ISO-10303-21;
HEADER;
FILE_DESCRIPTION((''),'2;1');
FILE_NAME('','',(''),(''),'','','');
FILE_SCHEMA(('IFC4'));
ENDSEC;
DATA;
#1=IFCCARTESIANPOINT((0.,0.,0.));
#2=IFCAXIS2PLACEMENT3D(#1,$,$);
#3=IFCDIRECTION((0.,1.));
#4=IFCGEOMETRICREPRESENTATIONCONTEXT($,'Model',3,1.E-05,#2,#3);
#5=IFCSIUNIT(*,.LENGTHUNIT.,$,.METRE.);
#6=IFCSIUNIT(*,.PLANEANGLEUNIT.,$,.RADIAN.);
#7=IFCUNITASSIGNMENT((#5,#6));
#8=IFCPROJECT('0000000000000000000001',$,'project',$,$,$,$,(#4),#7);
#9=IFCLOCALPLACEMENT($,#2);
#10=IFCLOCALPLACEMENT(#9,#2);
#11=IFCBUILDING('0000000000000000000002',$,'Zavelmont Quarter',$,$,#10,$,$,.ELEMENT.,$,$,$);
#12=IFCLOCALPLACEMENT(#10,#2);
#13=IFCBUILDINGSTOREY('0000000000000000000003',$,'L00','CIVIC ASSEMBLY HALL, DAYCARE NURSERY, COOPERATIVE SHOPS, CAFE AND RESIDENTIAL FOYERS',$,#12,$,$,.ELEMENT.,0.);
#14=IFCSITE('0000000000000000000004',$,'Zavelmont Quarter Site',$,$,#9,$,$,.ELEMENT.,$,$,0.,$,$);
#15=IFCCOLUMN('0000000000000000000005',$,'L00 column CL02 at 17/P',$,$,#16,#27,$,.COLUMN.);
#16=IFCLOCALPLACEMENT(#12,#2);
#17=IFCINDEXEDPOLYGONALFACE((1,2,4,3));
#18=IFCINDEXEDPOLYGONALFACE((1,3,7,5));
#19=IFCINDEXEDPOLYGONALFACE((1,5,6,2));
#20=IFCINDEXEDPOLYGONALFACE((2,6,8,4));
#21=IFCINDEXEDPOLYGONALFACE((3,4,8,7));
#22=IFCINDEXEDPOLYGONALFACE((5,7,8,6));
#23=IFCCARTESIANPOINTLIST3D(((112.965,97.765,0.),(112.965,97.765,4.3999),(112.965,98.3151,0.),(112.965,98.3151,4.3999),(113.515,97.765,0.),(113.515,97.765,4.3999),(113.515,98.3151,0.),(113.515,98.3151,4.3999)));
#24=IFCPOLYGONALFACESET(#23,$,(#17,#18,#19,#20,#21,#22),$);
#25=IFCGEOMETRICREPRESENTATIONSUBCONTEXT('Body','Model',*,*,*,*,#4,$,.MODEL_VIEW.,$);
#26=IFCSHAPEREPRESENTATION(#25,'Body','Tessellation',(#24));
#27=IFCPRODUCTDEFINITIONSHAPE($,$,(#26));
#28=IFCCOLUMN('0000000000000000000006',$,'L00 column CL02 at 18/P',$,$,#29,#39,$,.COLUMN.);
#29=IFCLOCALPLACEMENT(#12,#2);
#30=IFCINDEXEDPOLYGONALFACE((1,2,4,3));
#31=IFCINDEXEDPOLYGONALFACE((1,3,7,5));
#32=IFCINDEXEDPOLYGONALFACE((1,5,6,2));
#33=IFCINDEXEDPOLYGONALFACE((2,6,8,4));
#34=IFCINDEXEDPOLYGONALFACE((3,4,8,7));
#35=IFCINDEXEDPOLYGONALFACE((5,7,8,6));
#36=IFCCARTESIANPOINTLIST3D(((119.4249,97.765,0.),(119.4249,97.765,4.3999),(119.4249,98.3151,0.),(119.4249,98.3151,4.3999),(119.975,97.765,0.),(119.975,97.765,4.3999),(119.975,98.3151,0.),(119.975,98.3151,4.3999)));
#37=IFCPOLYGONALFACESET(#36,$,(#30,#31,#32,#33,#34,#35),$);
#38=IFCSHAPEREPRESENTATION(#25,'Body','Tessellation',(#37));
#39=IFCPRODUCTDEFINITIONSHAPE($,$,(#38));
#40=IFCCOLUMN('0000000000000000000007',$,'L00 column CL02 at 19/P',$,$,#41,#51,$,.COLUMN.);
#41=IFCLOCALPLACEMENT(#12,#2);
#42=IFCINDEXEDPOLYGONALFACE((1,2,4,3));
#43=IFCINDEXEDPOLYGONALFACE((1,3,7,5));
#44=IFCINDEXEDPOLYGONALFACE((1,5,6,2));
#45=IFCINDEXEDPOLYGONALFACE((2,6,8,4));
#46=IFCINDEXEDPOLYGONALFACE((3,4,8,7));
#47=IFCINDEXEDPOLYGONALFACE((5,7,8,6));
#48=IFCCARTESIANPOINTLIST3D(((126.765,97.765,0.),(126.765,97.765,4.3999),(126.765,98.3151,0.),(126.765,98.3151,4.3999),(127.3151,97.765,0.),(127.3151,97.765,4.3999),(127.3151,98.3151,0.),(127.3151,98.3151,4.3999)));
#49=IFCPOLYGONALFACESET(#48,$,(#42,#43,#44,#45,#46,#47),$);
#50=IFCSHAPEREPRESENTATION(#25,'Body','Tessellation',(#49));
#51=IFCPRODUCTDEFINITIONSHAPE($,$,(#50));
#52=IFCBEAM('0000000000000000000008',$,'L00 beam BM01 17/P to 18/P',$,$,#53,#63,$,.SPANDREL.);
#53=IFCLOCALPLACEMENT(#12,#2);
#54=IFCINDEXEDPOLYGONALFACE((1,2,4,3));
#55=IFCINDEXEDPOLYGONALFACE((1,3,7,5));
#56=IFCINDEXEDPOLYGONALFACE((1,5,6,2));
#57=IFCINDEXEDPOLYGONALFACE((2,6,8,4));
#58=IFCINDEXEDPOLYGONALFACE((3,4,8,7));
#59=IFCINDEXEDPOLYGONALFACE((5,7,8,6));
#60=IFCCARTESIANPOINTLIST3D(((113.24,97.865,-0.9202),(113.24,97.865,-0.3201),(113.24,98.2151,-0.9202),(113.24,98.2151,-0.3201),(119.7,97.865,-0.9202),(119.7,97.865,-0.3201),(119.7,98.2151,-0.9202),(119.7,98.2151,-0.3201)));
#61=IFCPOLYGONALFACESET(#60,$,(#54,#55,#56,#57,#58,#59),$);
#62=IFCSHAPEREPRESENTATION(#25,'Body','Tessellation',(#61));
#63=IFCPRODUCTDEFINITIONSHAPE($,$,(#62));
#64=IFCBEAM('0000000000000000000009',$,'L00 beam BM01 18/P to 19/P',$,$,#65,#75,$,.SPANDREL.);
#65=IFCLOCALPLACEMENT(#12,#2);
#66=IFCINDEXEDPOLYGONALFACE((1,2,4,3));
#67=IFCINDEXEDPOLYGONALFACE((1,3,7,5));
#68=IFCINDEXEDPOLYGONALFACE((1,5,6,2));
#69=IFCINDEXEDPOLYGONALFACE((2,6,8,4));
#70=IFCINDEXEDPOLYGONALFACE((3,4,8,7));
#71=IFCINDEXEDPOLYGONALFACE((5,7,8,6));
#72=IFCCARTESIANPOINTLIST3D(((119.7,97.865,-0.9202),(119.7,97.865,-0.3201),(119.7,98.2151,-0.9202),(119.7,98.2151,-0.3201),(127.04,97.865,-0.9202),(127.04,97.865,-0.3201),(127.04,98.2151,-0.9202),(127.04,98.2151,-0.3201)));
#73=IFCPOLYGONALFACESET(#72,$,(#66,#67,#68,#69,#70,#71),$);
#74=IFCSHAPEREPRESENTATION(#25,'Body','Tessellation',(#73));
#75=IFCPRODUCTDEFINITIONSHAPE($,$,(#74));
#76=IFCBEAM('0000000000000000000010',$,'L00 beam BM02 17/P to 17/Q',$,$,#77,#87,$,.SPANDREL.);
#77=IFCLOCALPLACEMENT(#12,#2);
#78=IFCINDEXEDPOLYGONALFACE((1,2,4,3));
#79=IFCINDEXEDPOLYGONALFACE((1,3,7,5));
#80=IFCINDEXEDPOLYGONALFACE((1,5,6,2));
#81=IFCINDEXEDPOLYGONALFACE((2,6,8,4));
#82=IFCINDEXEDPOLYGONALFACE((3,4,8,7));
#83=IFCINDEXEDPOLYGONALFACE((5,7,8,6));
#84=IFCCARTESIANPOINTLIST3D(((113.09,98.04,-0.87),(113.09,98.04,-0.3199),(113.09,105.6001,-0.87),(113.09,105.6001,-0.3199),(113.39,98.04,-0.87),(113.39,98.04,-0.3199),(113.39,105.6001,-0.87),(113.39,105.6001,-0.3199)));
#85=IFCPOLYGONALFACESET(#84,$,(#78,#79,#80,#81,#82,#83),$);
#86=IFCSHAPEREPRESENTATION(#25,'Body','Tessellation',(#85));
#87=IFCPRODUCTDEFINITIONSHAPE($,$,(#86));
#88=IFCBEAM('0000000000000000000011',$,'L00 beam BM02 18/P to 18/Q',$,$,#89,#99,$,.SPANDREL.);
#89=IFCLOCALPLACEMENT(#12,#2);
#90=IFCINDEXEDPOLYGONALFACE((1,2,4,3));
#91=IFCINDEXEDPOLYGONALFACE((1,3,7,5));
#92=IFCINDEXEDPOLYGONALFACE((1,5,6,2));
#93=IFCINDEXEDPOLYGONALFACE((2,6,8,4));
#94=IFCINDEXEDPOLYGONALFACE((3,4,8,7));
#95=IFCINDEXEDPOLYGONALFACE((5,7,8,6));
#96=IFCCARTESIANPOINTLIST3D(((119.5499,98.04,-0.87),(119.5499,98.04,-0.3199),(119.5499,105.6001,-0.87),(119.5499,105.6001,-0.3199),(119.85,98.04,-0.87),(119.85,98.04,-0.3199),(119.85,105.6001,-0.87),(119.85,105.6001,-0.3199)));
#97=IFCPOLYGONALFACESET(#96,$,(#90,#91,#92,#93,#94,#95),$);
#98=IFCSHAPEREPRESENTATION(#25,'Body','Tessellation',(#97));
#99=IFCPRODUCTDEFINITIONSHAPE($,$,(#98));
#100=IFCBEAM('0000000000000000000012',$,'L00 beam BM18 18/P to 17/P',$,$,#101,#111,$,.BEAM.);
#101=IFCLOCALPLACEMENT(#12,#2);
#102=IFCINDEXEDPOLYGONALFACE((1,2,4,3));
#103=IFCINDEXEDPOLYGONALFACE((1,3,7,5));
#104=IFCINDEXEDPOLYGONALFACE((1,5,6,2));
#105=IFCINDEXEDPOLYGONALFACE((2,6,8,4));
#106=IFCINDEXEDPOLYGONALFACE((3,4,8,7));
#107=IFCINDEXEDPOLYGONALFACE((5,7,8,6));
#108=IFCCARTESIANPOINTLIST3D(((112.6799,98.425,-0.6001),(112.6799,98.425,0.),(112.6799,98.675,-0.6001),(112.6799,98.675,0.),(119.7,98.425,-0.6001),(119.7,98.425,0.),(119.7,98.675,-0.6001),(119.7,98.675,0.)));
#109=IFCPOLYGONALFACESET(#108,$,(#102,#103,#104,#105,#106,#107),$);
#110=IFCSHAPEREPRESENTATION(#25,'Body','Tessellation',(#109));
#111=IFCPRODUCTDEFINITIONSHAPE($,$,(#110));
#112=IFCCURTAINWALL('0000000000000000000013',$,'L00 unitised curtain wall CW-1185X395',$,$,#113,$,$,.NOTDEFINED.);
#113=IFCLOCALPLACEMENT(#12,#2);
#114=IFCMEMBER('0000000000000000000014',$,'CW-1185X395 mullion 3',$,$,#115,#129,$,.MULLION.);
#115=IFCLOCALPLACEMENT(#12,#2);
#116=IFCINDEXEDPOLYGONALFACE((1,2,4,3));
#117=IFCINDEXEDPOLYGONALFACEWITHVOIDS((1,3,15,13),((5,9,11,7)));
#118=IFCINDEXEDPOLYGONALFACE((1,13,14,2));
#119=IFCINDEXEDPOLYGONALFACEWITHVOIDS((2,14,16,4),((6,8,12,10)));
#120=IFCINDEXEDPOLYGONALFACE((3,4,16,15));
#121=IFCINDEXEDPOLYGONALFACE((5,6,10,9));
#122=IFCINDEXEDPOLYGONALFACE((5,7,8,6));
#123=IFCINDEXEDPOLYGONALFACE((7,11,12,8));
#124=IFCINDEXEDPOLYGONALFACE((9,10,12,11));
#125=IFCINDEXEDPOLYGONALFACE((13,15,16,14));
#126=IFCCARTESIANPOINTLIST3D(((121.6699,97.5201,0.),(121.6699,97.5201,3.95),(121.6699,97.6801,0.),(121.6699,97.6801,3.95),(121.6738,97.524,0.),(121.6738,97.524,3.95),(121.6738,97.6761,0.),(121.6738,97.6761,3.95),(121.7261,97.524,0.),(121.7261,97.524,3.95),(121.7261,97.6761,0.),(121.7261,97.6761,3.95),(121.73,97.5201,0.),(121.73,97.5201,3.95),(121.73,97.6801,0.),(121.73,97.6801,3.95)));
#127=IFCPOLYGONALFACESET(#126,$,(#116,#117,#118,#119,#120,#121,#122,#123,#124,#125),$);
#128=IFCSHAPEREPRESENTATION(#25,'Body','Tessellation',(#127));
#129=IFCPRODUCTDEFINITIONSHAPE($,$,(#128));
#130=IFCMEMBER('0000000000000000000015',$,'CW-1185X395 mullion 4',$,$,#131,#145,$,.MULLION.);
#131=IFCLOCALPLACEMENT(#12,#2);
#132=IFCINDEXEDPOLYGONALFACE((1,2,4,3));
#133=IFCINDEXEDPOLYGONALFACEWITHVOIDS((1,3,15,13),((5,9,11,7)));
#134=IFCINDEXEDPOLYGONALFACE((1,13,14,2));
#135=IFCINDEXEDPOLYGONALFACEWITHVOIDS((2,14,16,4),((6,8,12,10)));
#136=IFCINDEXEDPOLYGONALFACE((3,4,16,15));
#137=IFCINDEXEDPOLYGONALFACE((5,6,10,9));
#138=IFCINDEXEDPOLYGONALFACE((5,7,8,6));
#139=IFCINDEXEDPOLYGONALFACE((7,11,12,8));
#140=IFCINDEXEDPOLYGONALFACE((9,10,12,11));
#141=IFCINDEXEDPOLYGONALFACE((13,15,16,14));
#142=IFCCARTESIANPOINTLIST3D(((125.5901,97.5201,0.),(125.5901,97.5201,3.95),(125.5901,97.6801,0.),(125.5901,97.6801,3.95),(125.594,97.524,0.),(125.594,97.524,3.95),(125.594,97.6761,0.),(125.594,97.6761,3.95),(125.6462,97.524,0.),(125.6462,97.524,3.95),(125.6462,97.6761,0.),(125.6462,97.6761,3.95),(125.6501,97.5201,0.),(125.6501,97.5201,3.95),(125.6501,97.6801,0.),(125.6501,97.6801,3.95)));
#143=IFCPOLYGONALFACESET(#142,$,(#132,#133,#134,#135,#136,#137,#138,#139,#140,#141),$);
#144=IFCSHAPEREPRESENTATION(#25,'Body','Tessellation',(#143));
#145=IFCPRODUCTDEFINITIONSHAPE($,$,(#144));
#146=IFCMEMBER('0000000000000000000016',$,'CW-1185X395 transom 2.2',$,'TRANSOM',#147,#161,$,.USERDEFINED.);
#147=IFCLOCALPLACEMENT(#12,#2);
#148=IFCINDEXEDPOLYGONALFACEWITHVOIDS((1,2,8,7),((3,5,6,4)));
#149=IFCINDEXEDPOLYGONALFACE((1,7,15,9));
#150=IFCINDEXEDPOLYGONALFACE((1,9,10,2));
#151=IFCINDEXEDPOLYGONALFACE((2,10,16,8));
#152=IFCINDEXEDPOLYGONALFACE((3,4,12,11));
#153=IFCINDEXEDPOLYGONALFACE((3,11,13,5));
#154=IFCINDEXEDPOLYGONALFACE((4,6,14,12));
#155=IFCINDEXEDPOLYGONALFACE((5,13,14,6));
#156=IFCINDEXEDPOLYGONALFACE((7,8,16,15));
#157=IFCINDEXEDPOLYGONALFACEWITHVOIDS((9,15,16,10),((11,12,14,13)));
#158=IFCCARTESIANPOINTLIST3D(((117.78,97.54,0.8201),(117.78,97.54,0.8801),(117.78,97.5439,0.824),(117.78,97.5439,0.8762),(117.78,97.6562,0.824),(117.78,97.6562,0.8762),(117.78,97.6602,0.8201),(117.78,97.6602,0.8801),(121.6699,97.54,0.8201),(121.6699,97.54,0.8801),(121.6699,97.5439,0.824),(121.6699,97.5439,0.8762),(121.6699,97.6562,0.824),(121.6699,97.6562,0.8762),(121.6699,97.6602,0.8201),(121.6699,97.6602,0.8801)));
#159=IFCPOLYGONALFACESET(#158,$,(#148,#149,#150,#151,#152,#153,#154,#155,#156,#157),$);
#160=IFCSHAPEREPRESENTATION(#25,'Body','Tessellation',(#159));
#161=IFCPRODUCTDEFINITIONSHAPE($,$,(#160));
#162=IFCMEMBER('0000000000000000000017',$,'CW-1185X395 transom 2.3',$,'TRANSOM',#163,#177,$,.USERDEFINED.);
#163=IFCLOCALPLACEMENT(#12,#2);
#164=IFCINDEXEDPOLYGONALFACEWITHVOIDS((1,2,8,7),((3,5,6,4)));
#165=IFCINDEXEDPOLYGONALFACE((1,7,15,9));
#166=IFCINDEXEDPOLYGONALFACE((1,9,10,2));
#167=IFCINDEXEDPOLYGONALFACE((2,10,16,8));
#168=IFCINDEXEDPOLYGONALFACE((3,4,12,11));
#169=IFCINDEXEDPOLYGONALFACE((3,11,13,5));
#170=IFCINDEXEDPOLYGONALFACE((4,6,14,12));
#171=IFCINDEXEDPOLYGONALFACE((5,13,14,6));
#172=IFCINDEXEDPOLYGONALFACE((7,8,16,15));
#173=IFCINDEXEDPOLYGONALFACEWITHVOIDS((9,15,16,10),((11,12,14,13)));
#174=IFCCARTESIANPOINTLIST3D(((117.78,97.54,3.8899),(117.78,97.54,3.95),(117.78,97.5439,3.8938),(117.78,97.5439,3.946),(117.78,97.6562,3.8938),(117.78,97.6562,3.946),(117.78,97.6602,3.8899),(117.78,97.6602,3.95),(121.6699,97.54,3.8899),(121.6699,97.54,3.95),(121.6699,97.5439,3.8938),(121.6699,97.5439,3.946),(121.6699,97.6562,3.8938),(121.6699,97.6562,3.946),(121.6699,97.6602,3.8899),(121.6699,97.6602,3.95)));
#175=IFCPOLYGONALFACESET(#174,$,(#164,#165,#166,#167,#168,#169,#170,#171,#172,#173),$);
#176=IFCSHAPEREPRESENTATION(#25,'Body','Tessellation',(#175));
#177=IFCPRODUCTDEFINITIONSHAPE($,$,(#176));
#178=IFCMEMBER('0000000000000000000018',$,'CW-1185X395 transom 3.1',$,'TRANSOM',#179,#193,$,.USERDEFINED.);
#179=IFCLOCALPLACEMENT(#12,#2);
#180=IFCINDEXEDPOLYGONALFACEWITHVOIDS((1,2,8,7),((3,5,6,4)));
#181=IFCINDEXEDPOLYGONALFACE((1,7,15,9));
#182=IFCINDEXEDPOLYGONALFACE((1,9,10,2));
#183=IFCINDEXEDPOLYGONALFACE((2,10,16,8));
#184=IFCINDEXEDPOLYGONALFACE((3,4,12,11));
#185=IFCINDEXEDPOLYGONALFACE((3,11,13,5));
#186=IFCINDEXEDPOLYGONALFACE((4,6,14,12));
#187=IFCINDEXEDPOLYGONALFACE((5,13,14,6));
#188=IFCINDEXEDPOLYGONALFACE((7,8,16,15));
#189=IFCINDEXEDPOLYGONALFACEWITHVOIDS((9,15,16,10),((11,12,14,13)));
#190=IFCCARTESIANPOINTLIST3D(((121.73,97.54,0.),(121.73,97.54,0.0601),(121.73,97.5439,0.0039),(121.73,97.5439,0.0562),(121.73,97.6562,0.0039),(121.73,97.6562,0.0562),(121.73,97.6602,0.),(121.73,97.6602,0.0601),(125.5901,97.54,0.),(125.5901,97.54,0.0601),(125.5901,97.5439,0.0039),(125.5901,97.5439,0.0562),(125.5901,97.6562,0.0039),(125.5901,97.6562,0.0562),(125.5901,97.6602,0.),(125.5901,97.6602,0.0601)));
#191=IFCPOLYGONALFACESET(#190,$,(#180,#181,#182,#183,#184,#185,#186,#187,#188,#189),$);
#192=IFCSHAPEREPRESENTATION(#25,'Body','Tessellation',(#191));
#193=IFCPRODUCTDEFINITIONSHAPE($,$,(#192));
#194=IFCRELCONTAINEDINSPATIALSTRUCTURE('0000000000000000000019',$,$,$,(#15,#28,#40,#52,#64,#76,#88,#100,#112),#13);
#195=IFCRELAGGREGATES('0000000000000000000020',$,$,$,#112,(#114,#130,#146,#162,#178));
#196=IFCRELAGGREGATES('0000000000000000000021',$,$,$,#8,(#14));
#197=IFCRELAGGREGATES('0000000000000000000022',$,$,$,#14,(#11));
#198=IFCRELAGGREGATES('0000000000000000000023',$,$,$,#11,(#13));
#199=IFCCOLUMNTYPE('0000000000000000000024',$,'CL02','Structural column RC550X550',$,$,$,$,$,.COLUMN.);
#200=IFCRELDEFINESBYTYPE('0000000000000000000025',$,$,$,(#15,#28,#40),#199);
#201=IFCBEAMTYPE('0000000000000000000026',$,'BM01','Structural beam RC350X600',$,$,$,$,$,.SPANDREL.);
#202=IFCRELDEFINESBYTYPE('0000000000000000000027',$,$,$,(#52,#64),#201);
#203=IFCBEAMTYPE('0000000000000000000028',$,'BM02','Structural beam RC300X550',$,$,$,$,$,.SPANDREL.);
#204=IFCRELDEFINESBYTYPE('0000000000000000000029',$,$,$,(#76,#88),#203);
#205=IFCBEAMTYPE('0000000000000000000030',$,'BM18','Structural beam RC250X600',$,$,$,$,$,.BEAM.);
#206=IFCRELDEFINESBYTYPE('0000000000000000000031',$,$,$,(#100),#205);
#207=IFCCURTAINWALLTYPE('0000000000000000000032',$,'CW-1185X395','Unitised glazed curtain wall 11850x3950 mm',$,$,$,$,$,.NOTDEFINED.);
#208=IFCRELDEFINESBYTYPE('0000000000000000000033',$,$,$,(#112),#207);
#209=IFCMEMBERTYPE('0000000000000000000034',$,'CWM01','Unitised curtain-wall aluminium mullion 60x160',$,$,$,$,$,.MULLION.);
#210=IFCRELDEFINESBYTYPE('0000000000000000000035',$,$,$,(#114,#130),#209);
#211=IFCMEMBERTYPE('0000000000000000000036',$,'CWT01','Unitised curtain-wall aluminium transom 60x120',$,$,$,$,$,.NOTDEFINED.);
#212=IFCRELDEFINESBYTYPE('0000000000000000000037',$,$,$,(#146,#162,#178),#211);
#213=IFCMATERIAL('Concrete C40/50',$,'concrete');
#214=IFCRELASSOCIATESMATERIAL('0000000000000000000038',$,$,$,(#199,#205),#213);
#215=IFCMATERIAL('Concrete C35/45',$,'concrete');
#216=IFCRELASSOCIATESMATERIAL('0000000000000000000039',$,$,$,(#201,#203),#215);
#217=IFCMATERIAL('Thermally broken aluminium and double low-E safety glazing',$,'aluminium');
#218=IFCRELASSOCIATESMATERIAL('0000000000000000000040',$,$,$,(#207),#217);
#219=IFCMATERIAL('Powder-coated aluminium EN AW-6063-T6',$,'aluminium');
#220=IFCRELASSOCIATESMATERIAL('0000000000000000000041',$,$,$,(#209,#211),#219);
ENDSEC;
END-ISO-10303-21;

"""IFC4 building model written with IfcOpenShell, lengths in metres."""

from ifc_helpers import new_model, si_unit, direction, frame, origin, origin_2d, place, context, subcontext, project, spatial, rectangle, hollow_rectangle, extrude, material, material_profile, profile_set, type_object, element, aggregate, save


model = new_model("IFC4")

# Units and contexts
model_context = context("Model", 3, precision=1e-05, world=origin(), true_north=direction((0.0, 1.0)))
body_context = subcontext(model_context, "Body", "Model", "MODEL_VIEW")
ifc_project = project(units=[si_unit("LENGTHUNIT", "METRE"), si_unit("PLANEANGLEUNIT", "RADIAN")], contexts=[model_context])

# Site, building, storey
site_placement = place(None, origin())
site = spatial("IfcSite", under=ifc_project, at=site_placement, Name="Zavelmont Quarter Site", CompositionType="ELEMENT", RefElevation=0.0)
building_placement = place(site_placement, origin())
building = spatial("IfcBuilding", under=site, at=building_placement, Name="Zavelmont Quarter", CompositionType="ELEMENT")
storey_placement = place(building_placement, origin())
storey = spatial("IfcBuildingStorey", under=building, at=storey_placement, Name="L00", Description="CIVIC ASSEMBLY HALL, DAYCARE NURSERY, COOPERATIVE SHOPS, CAFE AND RESIDENTIAL FOYERS", CompositionType="ELEMENT", Elevation=0.0)

# Columns
ifc_material_1 = material(Name="Concrete C40/50", Category="concrete")
ifc_material_profile_1 = material_profile(ifc_material_1, rectangle(XDim=0.55, YDim=0.55, at=origin_2d()), Name="RC550X550")
ifc_profile_set_1 = profile_set([ifc_material_profile_1], Name="Concrete C40/50")
column_type = type_object("IfcColumnType", Name="CL02", Description="Structural column RC550X550", PredefinedType="COLUMN", material=ifc_profile_set_1)
for number, where, z_axis, x_axis, name in (
    (1, (113.24, 98.04, 0.0), (0.0, 0.0, 1.0), (1.0, 0.0, 0.0), "L00 column CL02 at 17/P"),
    (2, (119.7, 98.04, 0.0), (0.0, 0.0, 1.0), (1.0, 0.0, 0.0), "L00 column CL02 at 18/P"),
    (3, (127.04, 98.04, 0.0), (0.0, 0.0, 1.0), (1.0, 0.0, 0.0), "L00 column CL02 at 19/P"),
):
    element("IfcColumn", number, at=place(storey_placement, frame(where, z_axis=z_axis, x_axis=x_axis)), inside=storey, type_object=column_type, Name=name, PredefinedType="COLUMN", context=body_context, shape_type="SweptSolid", body=[
        extrude(rectangle(XDim=0.55, YDim=0.55, at=origin_2d()), origin(), (0.0, 0.0, 1.0), 4.3999),
    ])

# Beams
ifc_material_2 = material(Name="Concrete C35/45", Category="concrete")
ifc_material_profile_2 = material_profile(ifc_material_2, rectangle(XDim=0.3501, YDim=0.6001, at=origin_2d()), Name="RC350X600")
ifc_profile_set_2 = profile_set([ifc_material_profile_2], Name="Concrete C35/45")
beam_type_1 = type_object("IfcBeamType", Name="BM01", Description="Structural beam RC350X600", PredefinedType="SPANDREL", material=ifc_profile_set_2)
beam_1_placement = place(storey_placement, frame((113.24, 98.04, -0.6201), z_axis=(1.0, 0.0, 0.0), x_axis=(0.0, 1.0, 0.0)))
element("IfcBeam", 4, at=beam_1_placement, inside=storey, type_object=beam_type_1, Name="L00 beam BM01 17/P to 18/P", PredefinedType="SPANDREL", context=body_context, shape_type="SweptSolid", body=[
    extrude(rectangle(XDim=0.3501, YDim=0.6001, at=origin_2d()), origin(), (0.0, 0.0, 1.0), 6.46),
])
beam_2_placement = place(storey_placement, frame((119.7, 98.04, -0.6201), z_axis=(1.0, 0.0, 0.0), x_axis=(0.0, 1.0, 0.0)))
element("IfcBeam", 5, at=beam_2_placement, inside=storey, type_object=beam_type_1, Name="L00 beam BM01 18/P to 19/P", PredefinedType="SPANDREL", context=body_context, shape_type="SweptSolid", body=[
    extrude(rectangle(XDim=0.3501, YDim=0.6001, at=origin_2d()), origin(), (0.0, 0.0, 1.0), 7.3401),
])
ifc_material_profile_3 = material_profile(ifc_material_2, rectangle(XDim=0.3, YDim=0.55, at=origin_2d()), Name="RC300X550")
ifc_profile_set_3 = profile_set([ifc_material_profile_3], Name="Concrete C35/45")
beam_type_2 = type_object("IfcBeamType", Name="BM02", Description="Structural beam RC300X550", PredefinedType="SPANDREL", material=ifc_profile_set_3)
for number, where, z_axis, x_axis, name in (
    (6, (113.24, 98.04, -0.595), (0.0, 1.0, 0.0), (-1.0, 0.0, 0.0), "L00 beam BM02 17/P to 17/Q"),
    (7, (119.7, 98.04, -0.595), (0.0, 1.0, 0.0), (-1.0, 0.0, 0.0), "L00 beam BM02 18/P to 18/Q"),
):
    element("IfcBeam", number, at=place(storey_placement, frame(where, z_axis=z_axis, x_axis=x_axis)), inside=storey, type_object=beam_type_2, Name=name, PredefinedType="SPANDREL", context=body_context, shape_type="SweptSolid", body=[
        extrude(rectangle(XDim=0.3, YDim=0.55, at=origin_2d()), origin(), (0.0, 0.0, 1.0), 7.5601),
    ])
ifc_material_profile_4 = material_profile(ifc_material_1, rectangle(XDim=0.25, YDim=0.6001, at=origin_2d()), Name="RC250X600")
ifc_profile_set_4 = profile_set([ifc_material_profile_4], Name="Concrete C40/50")
beam_type_3 = type_object("IfcBeamType", Name="BM18", Description="Structural beam RC250X600", PredefinedType="BEAM", material=ifc_profile_set_4)
beam_3_placement = place(storey_placement, frame((119.7, 98.55, -0.3), z_axis=(-1.0, 0.0, 0.0), x_axis=(0.0, -1.0, 0.0)))
element("IfcBeam", 8, at=beam_3_placement, inside=storey, type_object=beam_type_3, Name="L00 beam BM18 18/P to 17/P", PredefinedType="BEAM", context=body_context, shape_type="SweptSolid", body=[
    extrude(rectangle(XDim=0.25, YDim=0.6001, at=origin_2d()), origin(), (0.0, 0.0, 1.0), 7.02),
])

# Curtain wall, members
ifc_material_3 = material(Name="Thermally broken aluminium and double low-E safety glazing", Category="aluminium")
curtain_wall_type = type_object("IfcCurtainWallType", Name="CW-1185X395", Description="Unitised glazed curtain wall 11850x3950 mm", PredefinedType="NOTDEFINED", material=ifc_material_3)
curtain_wall_placement = place(storey_placement, origin())
curtain_wall = element("IfcCurtainWall", 9, at=curtain_wall_placement, inside=storey, type_object=curtain_wall_type, Name="L00 unitised curtain wall CW-1185X395", PredefinedType="NOTDEFINED")
ifc_material_4 = material(Name="Powder-coated aluminium EN AW-6063-T6", Category="aluminium")
ifc_material_profile_5 = material_profile(ifc_material_4, hollow_rectangle(XDim=0.0601, YDim=0.1599, WallThickness=0.0039, at=origin_2d()), Name="CWM60X160")
ifc_profile_set_5 = profile_set([ifc_material_profile_5], Name="Powder-coated aluminium EN AW-6063-T6")
member_type_1 = type_object("IfcMemberType", Name="CWM01", Description="Unitised curtain-wall aluminium mullion 60x160", PredefinedType="MULLION", material=ifc_profile_set_5)
member_1_placement = place(storey_placement, frame((121.7, 97.6001, 0.0), z_axis=(0.0, 0.0, 1.0), x_axis=(1.0, 0.0, 0.0)))
member_1 = element("IfcMember", 10, at=member_1_placement, type_object=member_type_1, Name="CW-1185X395 mullion 3", PredefinedType="MULLION", context=body_context, shape_type="SweptSolid", body=[
    extrude(hollow_rectangle(XDim=0.0601, YDim=0.1599, WallThickness=0.0039, at=origin_2d()), origin(), (0.0, 0.0, 1.0), 3.95),
])
member_2_placement = place(storey_placement, frame((125.6201, 97.6001, 0.0), z_axis=(0.0, 0.0, 1.0), x_axis=(1.0, 0.0, 0.0)))
member_2 = element("IfcMember", 11, at=member_2_placement, type_object=member_type_1, Name="CW-1185X395 mullion 4", PredefinedType="MULLION", context=body_context, shape_type="SweptSolid", body=[
    extrude(hollow_rectangle(XDim=0.0601, YDim=0.1599, WallThickness=0.0039, at=origin_2d()), origin(), (0.0, 0.0, 1.0), 3.95),
])
ifc_material_profile_6 = material_profile(ifc_material_4, hollow_rectangle(XDim=0.1201, YDim=0.0601, WallThickness=0.0039, at=origin_2d()), Name="CWT60X120")
ifc_profile_set_6 = profile_set([ifc_material_profile_6], Name="Powder-coated aluminium EN AW-6063-T6")
member_type_2 = type_object("IfcMemberType", Name="CWT01", Description="Unitised curtain-wall aluminium transom 60x120", PredefinedType="NOTDEFINED", material=ifc_profile_set_6)
member_3_placement = place(storey_placement, frame((117.78, 97.6001, 0.8501), z_axis=(1.0, 0.0, 0.0), x_axis=(0.0, 1.0, 0.0)))
member_3 = element("IfcMember", 12, at=member_3_placement, type_object=member_type_2, Name="CW-1185X395 transom 2.2", ObjectType="TRANSOM", PredefinedType="USERDEFINED", context=body_context, shape_type="SweptSolid", body=[
    extrude(hollow_rectangle(XDim=0.1201, YDim=0.0601, WallThickness=0.0039, at=origin_2d()), origin(), (0.0, 0.0, 1.0), 3.8899),
])
member_4_placement = place(storey_placement, frame((117.78, 97.6001, 3.9199), z_axis=(1.0, 0.0, 0.0), x_axis=(0.0, 1.0, 0.0)))
member_4 = element("IfcMember", 13, at=member_4_placement, type_object=member_type_2, Name="CW-1185X395 transom 2.3", ObjectType="TRANSOM", PredefinedType="USERDEFINED", context=body_context, shape_type="SweptSolid", body=[
    extrude(hollow_rectangle(XDim=0.1201, YDim=0.0601, WallThickness=0.0039, at=origin_2d()), origin(), (0.0, 0.0, 1.0), 3.8899),
])
member_5_placement = place(storey_placement, frame((121.73, 97.6001, 0.03), z_axis=(1.0, 0.0, 0.0), x_axis=(0.0, 1.0, 0.0)))
member_5 = element("IfcMember", 14, at=member_5_placement, type_object=member_type_2, Name="CW-1185X395 transom 3.1", ObjectType="TRANSOM", PredefinedType="USERDEFINED", context=body_context, shape_type="SweptSolid", body=[
    extrude(hollow_rectangle(XDim=0.1201, YDim=0.0601, WallThickness=0.0039, at=origin_2d()), origin(), (0.0, 0.0, 1.0), 3.8601),
])
aggregate(curtain_wall, [member_1, member_2, member_3, member_4, member_5])

save(model, "model.ifc")
